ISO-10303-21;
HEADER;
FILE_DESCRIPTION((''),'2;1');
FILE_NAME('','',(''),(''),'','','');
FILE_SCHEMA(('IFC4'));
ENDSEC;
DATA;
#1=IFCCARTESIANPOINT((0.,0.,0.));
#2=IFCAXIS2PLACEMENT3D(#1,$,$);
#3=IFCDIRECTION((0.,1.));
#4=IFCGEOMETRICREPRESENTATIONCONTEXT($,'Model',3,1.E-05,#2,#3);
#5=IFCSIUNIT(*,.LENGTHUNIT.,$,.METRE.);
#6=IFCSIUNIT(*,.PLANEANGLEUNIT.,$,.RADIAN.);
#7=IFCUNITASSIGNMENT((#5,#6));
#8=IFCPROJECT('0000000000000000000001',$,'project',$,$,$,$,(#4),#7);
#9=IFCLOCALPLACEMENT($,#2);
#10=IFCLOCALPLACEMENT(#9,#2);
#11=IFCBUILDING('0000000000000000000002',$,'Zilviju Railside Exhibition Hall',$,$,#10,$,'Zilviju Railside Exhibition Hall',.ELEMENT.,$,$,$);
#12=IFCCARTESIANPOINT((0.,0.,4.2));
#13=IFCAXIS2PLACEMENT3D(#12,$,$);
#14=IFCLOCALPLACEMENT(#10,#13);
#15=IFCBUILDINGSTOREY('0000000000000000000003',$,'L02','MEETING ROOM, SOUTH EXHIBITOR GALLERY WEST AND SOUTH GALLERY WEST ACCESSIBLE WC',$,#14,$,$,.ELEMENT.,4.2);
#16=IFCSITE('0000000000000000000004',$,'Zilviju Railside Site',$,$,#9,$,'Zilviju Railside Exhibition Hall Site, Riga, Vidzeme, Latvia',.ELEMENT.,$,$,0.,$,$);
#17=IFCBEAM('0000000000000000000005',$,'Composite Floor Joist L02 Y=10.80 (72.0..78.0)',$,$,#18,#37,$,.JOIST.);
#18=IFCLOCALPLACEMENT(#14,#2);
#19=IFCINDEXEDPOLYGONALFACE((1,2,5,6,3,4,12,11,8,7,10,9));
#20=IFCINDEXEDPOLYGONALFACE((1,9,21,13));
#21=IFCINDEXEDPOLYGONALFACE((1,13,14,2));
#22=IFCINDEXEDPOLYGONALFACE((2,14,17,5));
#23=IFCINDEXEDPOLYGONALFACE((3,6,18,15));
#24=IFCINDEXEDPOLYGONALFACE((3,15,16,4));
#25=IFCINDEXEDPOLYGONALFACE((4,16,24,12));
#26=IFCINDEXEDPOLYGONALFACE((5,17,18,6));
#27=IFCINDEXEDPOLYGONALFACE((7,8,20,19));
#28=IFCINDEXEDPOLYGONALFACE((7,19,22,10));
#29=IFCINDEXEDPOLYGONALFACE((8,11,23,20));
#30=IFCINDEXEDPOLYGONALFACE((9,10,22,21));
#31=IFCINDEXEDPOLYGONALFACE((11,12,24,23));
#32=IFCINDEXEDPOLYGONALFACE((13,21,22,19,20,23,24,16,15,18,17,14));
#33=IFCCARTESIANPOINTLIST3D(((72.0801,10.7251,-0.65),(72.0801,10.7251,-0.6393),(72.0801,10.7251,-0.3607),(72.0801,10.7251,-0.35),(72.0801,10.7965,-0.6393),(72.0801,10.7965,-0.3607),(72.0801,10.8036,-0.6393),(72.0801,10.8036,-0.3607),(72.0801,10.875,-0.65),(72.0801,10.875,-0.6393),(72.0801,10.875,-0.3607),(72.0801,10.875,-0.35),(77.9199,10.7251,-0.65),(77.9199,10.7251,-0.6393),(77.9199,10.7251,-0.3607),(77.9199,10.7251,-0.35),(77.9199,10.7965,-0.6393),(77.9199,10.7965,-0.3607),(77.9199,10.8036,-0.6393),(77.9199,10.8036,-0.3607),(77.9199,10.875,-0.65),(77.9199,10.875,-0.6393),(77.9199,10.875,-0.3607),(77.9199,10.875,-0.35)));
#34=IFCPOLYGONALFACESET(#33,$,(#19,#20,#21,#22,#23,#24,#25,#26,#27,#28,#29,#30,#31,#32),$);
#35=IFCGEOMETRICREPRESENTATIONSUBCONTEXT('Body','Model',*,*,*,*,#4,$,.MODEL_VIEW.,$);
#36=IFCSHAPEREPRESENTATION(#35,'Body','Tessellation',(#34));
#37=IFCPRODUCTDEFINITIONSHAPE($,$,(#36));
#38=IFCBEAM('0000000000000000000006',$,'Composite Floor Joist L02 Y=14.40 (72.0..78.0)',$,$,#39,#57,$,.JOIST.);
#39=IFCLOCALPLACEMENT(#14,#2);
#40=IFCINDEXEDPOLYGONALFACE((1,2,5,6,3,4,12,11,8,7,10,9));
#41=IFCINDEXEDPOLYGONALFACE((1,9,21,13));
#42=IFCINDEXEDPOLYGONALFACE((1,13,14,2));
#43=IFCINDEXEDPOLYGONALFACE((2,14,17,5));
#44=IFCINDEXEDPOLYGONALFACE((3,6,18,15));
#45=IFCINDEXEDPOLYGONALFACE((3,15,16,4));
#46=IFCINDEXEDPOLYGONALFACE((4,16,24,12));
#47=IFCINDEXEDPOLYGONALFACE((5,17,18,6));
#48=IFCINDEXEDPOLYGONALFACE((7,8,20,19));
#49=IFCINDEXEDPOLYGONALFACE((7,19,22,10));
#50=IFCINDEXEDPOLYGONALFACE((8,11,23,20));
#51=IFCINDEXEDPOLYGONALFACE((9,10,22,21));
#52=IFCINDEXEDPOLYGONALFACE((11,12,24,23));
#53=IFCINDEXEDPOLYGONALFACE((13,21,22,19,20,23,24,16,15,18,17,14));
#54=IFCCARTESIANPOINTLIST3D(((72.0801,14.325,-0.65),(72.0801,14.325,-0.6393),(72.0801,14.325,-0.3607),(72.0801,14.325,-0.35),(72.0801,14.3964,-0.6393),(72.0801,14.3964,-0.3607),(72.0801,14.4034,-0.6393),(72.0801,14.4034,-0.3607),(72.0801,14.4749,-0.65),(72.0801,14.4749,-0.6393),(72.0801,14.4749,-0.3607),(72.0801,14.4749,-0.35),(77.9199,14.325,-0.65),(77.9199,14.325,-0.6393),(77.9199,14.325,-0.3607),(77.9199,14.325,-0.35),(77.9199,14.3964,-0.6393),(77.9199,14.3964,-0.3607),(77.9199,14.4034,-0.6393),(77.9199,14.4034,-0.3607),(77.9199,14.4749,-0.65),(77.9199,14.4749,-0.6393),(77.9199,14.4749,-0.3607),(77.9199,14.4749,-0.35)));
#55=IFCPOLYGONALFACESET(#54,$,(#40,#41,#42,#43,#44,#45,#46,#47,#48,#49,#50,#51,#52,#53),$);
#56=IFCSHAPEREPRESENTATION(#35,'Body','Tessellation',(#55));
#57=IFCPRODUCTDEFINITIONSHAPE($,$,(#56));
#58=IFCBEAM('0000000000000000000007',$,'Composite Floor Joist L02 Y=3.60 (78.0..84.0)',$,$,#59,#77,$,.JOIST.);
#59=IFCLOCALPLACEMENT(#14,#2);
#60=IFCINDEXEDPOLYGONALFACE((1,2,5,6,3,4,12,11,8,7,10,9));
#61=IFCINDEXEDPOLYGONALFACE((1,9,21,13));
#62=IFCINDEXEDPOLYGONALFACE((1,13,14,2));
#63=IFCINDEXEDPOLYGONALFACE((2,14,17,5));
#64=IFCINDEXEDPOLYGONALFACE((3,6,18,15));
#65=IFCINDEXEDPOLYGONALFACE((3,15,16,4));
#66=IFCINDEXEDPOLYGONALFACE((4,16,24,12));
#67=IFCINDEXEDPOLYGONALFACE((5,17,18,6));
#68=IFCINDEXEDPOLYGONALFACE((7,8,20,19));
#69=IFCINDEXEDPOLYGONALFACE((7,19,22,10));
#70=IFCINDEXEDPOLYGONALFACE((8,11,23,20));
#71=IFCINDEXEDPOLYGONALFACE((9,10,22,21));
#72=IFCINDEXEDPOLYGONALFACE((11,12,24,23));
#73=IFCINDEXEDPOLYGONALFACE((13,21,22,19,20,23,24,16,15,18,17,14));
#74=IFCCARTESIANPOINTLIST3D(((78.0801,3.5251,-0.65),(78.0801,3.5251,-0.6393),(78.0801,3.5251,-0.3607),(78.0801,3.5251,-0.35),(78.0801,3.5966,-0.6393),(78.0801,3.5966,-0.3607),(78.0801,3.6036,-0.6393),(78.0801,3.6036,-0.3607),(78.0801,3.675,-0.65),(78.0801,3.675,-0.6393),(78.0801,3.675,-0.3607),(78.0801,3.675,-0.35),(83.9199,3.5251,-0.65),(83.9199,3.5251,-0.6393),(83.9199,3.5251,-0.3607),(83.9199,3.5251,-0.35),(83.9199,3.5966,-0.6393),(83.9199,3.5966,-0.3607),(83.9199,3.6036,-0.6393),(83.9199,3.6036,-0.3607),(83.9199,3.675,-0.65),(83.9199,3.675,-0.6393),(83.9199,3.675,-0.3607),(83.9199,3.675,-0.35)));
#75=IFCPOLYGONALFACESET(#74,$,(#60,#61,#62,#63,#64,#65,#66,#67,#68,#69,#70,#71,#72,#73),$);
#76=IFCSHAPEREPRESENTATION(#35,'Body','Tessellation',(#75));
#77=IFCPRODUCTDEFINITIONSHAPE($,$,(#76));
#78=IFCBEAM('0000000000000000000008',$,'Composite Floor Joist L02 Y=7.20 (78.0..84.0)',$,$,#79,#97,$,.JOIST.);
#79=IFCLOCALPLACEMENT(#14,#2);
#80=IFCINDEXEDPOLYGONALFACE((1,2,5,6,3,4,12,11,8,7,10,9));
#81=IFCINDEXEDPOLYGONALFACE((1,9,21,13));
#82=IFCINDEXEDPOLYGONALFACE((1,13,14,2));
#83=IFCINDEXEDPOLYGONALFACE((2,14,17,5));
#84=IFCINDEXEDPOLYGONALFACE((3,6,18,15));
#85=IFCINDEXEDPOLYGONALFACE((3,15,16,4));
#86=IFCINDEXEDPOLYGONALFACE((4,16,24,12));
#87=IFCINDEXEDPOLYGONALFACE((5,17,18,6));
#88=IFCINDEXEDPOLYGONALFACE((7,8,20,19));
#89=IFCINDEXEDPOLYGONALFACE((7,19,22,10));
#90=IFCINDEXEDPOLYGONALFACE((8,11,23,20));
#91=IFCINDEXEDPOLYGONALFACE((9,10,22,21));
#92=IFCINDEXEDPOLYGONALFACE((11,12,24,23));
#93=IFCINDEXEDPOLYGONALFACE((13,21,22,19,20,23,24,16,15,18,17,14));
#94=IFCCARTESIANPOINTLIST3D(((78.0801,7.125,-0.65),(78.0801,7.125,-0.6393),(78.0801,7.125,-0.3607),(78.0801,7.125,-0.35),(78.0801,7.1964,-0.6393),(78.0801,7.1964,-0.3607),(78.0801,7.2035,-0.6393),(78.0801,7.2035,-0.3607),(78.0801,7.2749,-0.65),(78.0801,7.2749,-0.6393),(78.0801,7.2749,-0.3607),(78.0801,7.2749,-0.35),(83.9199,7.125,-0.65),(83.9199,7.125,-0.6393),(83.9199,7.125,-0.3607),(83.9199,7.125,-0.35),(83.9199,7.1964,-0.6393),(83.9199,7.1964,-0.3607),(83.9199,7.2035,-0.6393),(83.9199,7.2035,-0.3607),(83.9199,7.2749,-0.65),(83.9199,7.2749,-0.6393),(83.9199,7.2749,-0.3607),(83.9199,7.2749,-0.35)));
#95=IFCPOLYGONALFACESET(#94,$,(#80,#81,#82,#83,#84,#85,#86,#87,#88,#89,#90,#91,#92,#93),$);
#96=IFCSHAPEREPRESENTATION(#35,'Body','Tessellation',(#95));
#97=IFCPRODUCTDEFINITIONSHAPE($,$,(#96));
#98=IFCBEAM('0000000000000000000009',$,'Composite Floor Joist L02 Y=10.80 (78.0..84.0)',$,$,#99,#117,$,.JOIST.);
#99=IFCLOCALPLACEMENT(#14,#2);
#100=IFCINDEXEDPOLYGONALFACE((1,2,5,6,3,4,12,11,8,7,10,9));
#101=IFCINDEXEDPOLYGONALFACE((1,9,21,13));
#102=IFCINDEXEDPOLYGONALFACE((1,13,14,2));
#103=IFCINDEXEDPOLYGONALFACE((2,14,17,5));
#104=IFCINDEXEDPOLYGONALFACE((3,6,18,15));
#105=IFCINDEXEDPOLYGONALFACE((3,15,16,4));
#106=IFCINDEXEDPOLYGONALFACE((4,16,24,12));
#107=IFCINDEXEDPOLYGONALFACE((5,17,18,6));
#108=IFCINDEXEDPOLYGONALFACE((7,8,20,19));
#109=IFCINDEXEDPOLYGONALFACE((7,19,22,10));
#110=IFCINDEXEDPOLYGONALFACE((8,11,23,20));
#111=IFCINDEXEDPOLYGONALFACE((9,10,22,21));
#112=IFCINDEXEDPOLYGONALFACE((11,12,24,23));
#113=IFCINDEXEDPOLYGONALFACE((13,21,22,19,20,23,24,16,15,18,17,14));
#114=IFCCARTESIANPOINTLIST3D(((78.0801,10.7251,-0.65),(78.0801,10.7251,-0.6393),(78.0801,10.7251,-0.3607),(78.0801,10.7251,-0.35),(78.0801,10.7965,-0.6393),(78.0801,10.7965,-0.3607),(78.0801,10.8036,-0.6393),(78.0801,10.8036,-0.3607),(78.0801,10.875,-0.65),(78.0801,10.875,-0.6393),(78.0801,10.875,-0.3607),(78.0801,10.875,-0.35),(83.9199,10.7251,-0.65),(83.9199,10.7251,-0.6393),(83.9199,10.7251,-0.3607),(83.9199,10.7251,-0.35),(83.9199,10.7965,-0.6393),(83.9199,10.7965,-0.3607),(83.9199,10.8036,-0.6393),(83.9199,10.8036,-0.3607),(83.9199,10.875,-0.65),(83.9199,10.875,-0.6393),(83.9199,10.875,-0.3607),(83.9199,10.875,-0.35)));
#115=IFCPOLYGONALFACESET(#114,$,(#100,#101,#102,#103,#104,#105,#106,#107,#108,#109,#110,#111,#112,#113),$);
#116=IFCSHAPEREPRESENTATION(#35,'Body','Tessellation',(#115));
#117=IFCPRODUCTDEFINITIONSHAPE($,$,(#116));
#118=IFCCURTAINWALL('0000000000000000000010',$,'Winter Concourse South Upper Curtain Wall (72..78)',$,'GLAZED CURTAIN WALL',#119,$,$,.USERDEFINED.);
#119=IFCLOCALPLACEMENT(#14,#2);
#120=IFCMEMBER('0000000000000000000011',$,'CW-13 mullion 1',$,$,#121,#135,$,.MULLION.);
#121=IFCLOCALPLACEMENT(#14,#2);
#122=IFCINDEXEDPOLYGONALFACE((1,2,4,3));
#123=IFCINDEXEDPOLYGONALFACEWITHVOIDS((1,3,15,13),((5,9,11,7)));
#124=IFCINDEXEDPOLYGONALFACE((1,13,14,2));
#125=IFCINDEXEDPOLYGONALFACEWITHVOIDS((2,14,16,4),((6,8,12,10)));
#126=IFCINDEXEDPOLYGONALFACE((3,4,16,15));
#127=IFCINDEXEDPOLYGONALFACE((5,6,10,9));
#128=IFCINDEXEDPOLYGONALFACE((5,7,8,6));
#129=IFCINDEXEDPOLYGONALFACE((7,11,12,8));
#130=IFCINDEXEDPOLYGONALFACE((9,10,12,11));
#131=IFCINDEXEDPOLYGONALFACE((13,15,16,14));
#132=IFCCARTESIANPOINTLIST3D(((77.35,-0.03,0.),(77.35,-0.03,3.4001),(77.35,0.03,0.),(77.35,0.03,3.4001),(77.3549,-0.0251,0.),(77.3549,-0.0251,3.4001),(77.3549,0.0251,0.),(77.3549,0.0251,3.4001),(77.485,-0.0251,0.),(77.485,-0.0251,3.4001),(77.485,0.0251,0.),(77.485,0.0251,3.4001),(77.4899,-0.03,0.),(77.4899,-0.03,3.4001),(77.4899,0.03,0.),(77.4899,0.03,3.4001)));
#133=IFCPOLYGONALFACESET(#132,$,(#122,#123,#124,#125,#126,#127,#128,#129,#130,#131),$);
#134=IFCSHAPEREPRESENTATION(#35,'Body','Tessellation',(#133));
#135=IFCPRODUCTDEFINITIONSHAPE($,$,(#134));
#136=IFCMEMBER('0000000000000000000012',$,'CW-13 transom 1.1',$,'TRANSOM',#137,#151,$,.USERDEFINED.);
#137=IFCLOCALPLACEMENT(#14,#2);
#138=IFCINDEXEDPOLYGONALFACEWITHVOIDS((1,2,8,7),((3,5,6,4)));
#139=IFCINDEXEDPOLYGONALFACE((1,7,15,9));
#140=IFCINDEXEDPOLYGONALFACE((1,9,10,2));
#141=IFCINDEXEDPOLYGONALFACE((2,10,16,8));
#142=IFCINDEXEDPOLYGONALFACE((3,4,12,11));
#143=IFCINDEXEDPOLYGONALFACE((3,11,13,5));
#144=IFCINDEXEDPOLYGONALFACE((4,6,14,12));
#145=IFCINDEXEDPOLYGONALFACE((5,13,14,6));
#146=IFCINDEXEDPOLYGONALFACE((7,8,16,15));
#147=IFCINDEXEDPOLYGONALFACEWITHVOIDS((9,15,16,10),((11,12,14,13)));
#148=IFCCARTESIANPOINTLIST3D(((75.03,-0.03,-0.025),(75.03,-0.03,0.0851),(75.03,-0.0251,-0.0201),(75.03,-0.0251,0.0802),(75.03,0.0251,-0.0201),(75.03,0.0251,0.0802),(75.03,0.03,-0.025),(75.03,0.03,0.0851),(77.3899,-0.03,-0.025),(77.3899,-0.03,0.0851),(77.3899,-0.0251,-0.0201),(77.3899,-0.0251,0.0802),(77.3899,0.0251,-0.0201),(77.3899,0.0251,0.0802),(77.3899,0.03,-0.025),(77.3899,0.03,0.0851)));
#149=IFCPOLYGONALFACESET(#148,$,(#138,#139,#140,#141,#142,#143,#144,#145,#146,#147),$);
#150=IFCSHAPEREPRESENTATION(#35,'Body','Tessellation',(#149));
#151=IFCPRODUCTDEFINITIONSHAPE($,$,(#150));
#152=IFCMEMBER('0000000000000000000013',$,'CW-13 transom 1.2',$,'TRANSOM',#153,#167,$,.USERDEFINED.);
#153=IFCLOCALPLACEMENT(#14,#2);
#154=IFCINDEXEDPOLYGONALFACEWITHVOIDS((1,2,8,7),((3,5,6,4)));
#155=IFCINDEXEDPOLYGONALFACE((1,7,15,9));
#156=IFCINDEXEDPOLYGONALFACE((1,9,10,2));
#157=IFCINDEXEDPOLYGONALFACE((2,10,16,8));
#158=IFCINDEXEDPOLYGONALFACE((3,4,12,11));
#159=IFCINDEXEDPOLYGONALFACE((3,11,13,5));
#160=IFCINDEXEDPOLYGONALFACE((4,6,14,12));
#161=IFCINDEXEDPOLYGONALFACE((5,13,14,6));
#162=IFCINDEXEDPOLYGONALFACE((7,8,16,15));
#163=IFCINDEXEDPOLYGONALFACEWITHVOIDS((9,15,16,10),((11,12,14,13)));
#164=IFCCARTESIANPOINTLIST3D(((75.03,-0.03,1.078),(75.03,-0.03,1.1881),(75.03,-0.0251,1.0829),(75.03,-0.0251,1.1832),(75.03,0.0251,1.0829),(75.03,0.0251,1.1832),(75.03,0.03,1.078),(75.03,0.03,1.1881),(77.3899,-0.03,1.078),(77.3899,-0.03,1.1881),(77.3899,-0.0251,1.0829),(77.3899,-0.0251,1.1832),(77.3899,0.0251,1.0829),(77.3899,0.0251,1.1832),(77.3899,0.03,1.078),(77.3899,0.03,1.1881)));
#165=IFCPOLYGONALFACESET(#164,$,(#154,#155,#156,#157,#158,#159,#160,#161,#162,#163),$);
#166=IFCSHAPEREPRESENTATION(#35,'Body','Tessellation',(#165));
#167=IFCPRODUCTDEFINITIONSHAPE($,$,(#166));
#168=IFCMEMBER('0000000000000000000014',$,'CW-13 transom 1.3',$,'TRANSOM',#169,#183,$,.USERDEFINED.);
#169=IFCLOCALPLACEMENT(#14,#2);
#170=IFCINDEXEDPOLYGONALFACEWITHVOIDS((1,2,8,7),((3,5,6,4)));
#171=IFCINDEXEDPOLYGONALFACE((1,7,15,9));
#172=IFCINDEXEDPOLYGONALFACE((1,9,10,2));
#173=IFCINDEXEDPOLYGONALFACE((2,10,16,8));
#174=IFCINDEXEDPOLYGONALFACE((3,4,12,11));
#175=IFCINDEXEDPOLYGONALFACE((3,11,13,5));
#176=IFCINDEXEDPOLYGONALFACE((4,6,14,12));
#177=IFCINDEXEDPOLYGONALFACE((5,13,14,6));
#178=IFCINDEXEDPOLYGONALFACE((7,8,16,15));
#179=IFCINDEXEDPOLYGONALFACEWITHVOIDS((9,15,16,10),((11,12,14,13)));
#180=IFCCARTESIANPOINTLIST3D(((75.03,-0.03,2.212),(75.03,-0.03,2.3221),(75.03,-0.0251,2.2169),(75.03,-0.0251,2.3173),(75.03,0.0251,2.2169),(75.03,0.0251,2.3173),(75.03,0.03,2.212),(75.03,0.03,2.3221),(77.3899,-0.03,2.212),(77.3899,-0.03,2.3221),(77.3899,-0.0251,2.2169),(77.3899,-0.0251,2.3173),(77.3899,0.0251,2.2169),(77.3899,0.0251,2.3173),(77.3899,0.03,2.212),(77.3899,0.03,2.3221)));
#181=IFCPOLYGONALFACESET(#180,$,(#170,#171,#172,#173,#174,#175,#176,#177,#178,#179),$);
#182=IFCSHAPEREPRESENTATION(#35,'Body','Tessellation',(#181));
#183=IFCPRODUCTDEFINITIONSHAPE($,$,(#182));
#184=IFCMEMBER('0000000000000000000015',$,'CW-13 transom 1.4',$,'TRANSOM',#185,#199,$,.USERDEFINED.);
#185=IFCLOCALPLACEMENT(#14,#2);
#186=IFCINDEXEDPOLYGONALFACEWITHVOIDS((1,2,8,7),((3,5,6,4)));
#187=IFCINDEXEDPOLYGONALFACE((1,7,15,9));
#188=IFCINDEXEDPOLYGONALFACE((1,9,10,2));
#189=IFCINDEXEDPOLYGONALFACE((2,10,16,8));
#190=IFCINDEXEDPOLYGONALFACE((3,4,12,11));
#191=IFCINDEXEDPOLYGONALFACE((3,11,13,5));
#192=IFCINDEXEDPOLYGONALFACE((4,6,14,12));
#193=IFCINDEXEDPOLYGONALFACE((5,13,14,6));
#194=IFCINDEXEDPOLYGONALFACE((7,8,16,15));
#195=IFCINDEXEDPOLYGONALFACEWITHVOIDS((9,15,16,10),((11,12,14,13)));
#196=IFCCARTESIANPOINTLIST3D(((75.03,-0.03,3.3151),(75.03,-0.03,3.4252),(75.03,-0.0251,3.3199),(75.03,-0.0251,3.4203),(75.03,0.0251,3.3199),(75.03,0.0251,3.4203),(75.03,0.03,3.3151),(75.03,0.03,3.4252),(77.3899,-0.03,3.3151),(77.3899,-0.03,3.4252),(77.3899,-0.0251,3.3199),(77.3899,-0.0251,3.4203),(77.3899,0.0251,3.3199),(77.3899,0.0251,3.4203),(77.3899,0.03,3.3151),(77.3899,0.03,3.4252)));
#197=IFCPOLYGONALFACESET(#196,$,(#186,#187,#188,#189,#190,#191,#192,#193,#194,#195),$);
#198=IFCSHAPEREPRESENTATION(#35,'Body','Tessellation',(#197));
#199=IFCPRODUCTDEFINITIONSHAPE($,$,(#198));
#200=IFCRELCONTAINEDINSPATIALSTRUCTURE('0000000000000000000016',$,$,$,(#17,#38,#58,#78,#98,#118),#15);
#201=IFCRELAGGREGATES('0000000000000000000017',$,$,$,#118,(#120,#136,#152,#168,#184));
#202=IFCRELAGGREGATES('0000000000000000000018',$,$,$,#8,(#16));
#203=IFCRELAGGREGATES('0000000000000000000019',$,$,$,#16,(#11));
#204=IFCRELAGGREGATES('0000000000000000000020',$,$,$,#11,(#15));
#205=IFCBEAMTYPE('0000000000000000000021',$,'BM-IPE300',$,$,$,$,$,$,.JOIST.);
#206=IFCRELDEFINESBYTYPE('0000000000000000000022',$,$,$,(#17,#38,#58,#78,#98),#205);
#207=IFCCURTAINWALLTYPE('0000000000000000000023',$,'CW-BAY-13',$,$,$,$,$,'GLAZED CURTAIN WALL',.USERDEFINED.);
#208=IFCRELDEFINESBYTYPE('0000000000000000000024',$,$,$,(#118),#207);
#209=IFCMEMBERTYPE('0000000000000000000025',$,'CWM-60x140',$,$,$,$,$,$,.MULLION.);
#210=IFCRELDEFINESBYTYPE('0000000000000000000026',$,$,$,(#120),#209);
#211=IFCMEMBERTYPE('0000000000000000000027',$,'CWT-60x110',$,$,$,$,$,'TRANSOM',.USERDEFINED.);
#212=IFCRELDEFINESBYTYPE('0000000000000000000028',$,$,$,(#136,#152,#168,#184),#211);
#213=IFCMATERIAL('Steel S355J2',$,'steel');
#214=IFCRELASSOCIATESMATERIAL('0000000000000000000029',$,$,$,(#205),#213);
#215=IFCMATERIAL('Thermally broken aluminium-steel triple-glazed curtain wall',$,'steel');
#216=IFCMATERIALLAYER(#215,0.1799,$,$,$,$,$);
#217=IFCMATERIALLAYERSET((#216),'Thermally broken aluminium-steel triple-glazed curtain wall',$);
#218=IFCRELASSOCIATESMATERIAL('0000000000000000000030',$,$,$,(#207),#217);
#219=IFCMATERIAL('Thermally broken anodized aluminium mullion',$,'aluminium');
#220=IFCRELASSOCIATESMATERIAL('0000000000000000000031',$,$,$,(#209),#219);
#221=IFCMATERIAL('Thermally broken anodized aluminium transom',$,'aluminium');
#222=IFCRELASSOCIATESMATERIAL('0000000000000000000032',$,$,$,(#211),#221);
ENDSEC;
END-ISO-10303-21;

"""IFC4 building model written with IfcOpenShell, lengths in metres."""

from ifc_helpers import new_model, si_unit, direction, frame, origin, origin_2d, place, context, subcontext, project, spatial, hollow_rectangle, i_section, extrude, material, layer, layer_set, material_profile, profile_set, type_object, element, aggregate, save


model = new_model("IFC4")

# Units and contexts
model_context = context("Model", 3, precision=1e-05, world=origin(), true_north=direction((0.0, 1.0)))
body_context = subcontext(model_context, "Body", "Model", "MODEL_VIEW")
ifc_project = project(units=[si_unit("LENGTHUNIT", "METRE"), si_unit("PLANEANGLEUNIT", "RADIAN")], contexts=[model_context])

# Site, building, storey
site_placement = place(None, origin())
site = spatial("IfcSite", under=ifc_project, at=site_placement, Name="Zilviju Railside Site", LongName="Zilviju Railside Exhibition Hall Site, Riga, Vidzeme, Latvia", CompositionType="ELEMENT", RefElevation=0.0)
building_placement = place(site_placement, origin())
building = spatial("IfcBuilding", under=site, at=building_placement, Name="Zilviju Railside Exhibition Hall", LongName="Zilviju Railside Exhibition Hall", CompositionType="ELEMENT")
storey_placement = place(building_placement, frame((0.0, 0.0, 4.2)))
storey = spatial("IfcBuildingStorey", under=building, at=storey_placement, Name="L02", Description="MEETING ROOM, SOUTH EXHIBITOR GALLERY WEST AND SOUTH GALLERY WEST ACCESSIBLE WC", CompositionType="ELEMENT", Elevation=4.2)

# Shared definitions
ifc_material_1 = material(Name="Steel S355J2", Category="steel")

# Beams
ifc_material_profile_1 = material_profile(ifc_material_1, i_section(OverallWidth=0.1499, OverallDepth=0.3, WebThickness=0.0071, FlangeThickness=0.0107, at=origin_2d()), Name="IPE 300")
ifc_profile_set_1 = profile_set([ifc_material_profile_1], Name="Steel S355J2")
beam_type_1 = type_object("IfcBeamType", Name="BM-IPE300", PredefinedType="JOIST", material=ifc_profile_set_1)
for number, where, z_axis, x_axis, name in (
    (1, (72.0801, 10.8, -0.5), (1.0, 0.0, 0.0), (0.0, 1.0, 0.0), "Composite Floor Joist L02 Y=10.80 (72.0..78.0)"),
    (2, (72.0801, 14.3999, -0.5), (1.0, 0.0, 0.0), (0.0, 1.0, 0.0), "Composite Floor Joist L02 Y=14.40 (72.0..78.0)"),
    (3, (78.0801, 3.6001, -0.5), (1.0, 0.0, 0.0), (0.0, 1.0, 0.0), "Composite Floor Joist L02 Y=3.60 (78.0..84.0)"),
    (4, (78.0801, 7.2, -0.5), (1.0, 0.0, 0.0), (0.0, 1.0, 0.0), "Composite Floor Joist L02 Y=7.20 (78.0..84.0)"),
    (5, (78.0801, 10.8, -0.5), (1.0, 0.0, 0.0), (0.0, 1.0, 0.0), "Composite Floor Joist L02 Y=10.80 (78.0..84.0)"),
):
    element("IfcBeam", number, at=place(storey_placement, frame(where, z_axis=z_axis, x_axis=x_axis)), inside=storey, type_object=beam_type_1, Name=name, PredefinedType="JOIST", context=body_context, shape_type="SweptSolid", body=[
        extrude(i_section(OverallWidth=0.1499, OverallDepth=0.3, WebThickness=0.0071, FlangeThickness=0.0107, at=origin_2d()), origin(), (0.0, 0.0, 1.0), 5.8398),
    ])

# Curtain wall, members
ifc_material_2 = material(Name="Thermally broken aluminium-steel triple-glazed curtain wall", Category="steel")
ifc_layer_1 = layer(ifc_material_2, 0.1799)
ifc_layer_set_1 = layer_set([ifc_layer_1], Name="Thermally broken aluminium-steel triple-glazed curtain wall")
curtain_wall_type = type_object("IfcCurtainWallType", Name="CW-BAY-13", ElementType="GLAZED CURTAIN WALL", PredefinedType="USERDEFINED", material=ifc_layer_set_1)
curtain_wall_placement = place(storey_placement, origin())
curtain_wall = element("IfcCurtainWall", 6, at=curtain_wall_placement, inside=storey, type_object=curtain_wall_type, Name="Winter Concourse South Upper Curtain Wall (72..78)", ObjectType="GLAZED CURTAIN WALL", PredefinedType="USERDEFINED")
ifc_material_3 = material(Name="Thermally broken anodized aluminium mullion", Category="aluminium")
ifc_material_profile_2 = material_profile(ifc_material_3, hollow_rectangle(XDim=0.0601, YDim=0.1399, WallThickness=0.0049, at=origin_2d()), Name="MULLION 140x60x5")
ifc_profile_set_2 = profile_set([ifc_material_profile_2], Name="Thermally broken anodized aluminium mullion")
member_type_1 = type_object("IfcMemberType", Name="CWM-60x140", PredefinedType="MULLION", material=ifc_profile_set_2)
member_1_placement = place(storey_placement, frame((77.4199, 0.0, 0.0), z_axis=(0.0, 0.0, 1.0), x_axis=(0.0, -1.0, 0.0)))
member_1 = element("IfcMember", 7, at=member_1_placement, type_object=member_type_1, Name="CW-13 mullion 1", PredefinedType="MULLION", context=body_context, shape_type="SweptSolid", body=[
    extrude(hollow_rectangle(XDim=0.0601, YDim=0.1399, WallThickness=0.0049, at=origin_2d()), origin(), (0.0, 0.0, 1.0), 3.4001),
])
ifc_material_4 = material(Name="Thermally broken anodized aluminium transom", Category="aluminium")
ifc_material_profile_3 = material_profile(ifc_material_4, hollow_rectangle(XDim=0.0601, YDim=0.1101, WallThickness=0.0049, at=origin_2d()), Name="TRANSOM 110x60x5")
ifc_profile_set_3 = profile_set([ifc_material_profile_3], Name="Thermally broken anodized aluminium transom")
member_type_2 = type_object("IfcMemberType", Name="CWT-60x110", ElementType="TRANSOM", PredefinedType="USERDEFINED", material=ifc_profile_set_3)
member_2_placement = place(storey_placement, frame((77.3899, 0.0, 0.03), z_axis=(-1.0, 0.0, 0.0), x_axis=(0.0, -1.0, 0.0)))
member_2 = element("IfcMember", 8, at=member_2_placement, type_object=member_type_2, Name="CW-13 transom 1.1", ObjectType="TRANSOM", PredefinedType="USERDEFINED", context=body_context, shape_type="SweptSolid", body=[
    extrude(hollow_rectangle(XDim=0.0601, YDim=0.1101, WallThickness=0.0049, at=origin_2d()), origin(), (0.0, 0.0, 1.0), 2.3599),
])
member_3_placement = place(storey_placement, frame((77.3899, 0.0, 1.1331), z_axis=(-1.0, 0.0, 0.0), x_axis=(0.0, -1.0, 0.0)))
member_3 = element("IfcMember", 9, at=member_3_placement, type_object=member_type_2, Name="CW-13 transom 1.2", ObjectType="TRANSOM", PredefinedType="USERDEFINED", context=body_context, shape_type="SweptSolid", body=[
    extrude(hollow_rectangle(XDim=0.0601, YDim=0.1101, WallThickness=0.0049, at=origin_2d()), origin(), (0.0, 0.0, 1.0), 2.3599),
])
member_4_placement = place(storey_placement, frame((77.3899, 0.0, 2.2671), z_axis=(-1.0, 0.0, 0.0), x_axis=(0.0, -1.0, 0.0)))
member_4 = element("IfcMember", 10, at=member_4_placement, type_object=member_type_2, Name="CW-13 transom 1.3", ObjectType="TRANSOM", PredefinedType="USERDEFINED", context=body_context, shape_type="SweptSolid", body=[
    extrude(hollow_rectangle(XDim=0.0601, YDim=0.1101, WallThickness=0.0049, at=origin_2d()), origin(), (0.0, 0.0, 1.0), 2.3599),
])
member_5_placement = place(storey_placement, frame((77.3899, 0.0, 3.3701), z_axis=(-1.0, 0.0, 0.0), x_axis=(0.0, -1.0, 0.0)))
member_5 = element("IfcMember", 11, at=member_5_placement, type_object=member_type_2, Name="CW-13 transom 1.4", ObjectType="TRANSOM", PredefinedType="USERDEFINED", context=body_context, shape_type="SweptSolid", body=[
    extrude(hollow_rectangle(XDim=0.0601, YDim=0.1101, WallThickness=0.0049, at=origin_2d()), origin(), (0.0, 0.0, 1.0), 2.3599),
])
aggregate(curtain_wall, [member_1, member_2, member_3, member_4, member_5])

save(model, "model.ifc")
